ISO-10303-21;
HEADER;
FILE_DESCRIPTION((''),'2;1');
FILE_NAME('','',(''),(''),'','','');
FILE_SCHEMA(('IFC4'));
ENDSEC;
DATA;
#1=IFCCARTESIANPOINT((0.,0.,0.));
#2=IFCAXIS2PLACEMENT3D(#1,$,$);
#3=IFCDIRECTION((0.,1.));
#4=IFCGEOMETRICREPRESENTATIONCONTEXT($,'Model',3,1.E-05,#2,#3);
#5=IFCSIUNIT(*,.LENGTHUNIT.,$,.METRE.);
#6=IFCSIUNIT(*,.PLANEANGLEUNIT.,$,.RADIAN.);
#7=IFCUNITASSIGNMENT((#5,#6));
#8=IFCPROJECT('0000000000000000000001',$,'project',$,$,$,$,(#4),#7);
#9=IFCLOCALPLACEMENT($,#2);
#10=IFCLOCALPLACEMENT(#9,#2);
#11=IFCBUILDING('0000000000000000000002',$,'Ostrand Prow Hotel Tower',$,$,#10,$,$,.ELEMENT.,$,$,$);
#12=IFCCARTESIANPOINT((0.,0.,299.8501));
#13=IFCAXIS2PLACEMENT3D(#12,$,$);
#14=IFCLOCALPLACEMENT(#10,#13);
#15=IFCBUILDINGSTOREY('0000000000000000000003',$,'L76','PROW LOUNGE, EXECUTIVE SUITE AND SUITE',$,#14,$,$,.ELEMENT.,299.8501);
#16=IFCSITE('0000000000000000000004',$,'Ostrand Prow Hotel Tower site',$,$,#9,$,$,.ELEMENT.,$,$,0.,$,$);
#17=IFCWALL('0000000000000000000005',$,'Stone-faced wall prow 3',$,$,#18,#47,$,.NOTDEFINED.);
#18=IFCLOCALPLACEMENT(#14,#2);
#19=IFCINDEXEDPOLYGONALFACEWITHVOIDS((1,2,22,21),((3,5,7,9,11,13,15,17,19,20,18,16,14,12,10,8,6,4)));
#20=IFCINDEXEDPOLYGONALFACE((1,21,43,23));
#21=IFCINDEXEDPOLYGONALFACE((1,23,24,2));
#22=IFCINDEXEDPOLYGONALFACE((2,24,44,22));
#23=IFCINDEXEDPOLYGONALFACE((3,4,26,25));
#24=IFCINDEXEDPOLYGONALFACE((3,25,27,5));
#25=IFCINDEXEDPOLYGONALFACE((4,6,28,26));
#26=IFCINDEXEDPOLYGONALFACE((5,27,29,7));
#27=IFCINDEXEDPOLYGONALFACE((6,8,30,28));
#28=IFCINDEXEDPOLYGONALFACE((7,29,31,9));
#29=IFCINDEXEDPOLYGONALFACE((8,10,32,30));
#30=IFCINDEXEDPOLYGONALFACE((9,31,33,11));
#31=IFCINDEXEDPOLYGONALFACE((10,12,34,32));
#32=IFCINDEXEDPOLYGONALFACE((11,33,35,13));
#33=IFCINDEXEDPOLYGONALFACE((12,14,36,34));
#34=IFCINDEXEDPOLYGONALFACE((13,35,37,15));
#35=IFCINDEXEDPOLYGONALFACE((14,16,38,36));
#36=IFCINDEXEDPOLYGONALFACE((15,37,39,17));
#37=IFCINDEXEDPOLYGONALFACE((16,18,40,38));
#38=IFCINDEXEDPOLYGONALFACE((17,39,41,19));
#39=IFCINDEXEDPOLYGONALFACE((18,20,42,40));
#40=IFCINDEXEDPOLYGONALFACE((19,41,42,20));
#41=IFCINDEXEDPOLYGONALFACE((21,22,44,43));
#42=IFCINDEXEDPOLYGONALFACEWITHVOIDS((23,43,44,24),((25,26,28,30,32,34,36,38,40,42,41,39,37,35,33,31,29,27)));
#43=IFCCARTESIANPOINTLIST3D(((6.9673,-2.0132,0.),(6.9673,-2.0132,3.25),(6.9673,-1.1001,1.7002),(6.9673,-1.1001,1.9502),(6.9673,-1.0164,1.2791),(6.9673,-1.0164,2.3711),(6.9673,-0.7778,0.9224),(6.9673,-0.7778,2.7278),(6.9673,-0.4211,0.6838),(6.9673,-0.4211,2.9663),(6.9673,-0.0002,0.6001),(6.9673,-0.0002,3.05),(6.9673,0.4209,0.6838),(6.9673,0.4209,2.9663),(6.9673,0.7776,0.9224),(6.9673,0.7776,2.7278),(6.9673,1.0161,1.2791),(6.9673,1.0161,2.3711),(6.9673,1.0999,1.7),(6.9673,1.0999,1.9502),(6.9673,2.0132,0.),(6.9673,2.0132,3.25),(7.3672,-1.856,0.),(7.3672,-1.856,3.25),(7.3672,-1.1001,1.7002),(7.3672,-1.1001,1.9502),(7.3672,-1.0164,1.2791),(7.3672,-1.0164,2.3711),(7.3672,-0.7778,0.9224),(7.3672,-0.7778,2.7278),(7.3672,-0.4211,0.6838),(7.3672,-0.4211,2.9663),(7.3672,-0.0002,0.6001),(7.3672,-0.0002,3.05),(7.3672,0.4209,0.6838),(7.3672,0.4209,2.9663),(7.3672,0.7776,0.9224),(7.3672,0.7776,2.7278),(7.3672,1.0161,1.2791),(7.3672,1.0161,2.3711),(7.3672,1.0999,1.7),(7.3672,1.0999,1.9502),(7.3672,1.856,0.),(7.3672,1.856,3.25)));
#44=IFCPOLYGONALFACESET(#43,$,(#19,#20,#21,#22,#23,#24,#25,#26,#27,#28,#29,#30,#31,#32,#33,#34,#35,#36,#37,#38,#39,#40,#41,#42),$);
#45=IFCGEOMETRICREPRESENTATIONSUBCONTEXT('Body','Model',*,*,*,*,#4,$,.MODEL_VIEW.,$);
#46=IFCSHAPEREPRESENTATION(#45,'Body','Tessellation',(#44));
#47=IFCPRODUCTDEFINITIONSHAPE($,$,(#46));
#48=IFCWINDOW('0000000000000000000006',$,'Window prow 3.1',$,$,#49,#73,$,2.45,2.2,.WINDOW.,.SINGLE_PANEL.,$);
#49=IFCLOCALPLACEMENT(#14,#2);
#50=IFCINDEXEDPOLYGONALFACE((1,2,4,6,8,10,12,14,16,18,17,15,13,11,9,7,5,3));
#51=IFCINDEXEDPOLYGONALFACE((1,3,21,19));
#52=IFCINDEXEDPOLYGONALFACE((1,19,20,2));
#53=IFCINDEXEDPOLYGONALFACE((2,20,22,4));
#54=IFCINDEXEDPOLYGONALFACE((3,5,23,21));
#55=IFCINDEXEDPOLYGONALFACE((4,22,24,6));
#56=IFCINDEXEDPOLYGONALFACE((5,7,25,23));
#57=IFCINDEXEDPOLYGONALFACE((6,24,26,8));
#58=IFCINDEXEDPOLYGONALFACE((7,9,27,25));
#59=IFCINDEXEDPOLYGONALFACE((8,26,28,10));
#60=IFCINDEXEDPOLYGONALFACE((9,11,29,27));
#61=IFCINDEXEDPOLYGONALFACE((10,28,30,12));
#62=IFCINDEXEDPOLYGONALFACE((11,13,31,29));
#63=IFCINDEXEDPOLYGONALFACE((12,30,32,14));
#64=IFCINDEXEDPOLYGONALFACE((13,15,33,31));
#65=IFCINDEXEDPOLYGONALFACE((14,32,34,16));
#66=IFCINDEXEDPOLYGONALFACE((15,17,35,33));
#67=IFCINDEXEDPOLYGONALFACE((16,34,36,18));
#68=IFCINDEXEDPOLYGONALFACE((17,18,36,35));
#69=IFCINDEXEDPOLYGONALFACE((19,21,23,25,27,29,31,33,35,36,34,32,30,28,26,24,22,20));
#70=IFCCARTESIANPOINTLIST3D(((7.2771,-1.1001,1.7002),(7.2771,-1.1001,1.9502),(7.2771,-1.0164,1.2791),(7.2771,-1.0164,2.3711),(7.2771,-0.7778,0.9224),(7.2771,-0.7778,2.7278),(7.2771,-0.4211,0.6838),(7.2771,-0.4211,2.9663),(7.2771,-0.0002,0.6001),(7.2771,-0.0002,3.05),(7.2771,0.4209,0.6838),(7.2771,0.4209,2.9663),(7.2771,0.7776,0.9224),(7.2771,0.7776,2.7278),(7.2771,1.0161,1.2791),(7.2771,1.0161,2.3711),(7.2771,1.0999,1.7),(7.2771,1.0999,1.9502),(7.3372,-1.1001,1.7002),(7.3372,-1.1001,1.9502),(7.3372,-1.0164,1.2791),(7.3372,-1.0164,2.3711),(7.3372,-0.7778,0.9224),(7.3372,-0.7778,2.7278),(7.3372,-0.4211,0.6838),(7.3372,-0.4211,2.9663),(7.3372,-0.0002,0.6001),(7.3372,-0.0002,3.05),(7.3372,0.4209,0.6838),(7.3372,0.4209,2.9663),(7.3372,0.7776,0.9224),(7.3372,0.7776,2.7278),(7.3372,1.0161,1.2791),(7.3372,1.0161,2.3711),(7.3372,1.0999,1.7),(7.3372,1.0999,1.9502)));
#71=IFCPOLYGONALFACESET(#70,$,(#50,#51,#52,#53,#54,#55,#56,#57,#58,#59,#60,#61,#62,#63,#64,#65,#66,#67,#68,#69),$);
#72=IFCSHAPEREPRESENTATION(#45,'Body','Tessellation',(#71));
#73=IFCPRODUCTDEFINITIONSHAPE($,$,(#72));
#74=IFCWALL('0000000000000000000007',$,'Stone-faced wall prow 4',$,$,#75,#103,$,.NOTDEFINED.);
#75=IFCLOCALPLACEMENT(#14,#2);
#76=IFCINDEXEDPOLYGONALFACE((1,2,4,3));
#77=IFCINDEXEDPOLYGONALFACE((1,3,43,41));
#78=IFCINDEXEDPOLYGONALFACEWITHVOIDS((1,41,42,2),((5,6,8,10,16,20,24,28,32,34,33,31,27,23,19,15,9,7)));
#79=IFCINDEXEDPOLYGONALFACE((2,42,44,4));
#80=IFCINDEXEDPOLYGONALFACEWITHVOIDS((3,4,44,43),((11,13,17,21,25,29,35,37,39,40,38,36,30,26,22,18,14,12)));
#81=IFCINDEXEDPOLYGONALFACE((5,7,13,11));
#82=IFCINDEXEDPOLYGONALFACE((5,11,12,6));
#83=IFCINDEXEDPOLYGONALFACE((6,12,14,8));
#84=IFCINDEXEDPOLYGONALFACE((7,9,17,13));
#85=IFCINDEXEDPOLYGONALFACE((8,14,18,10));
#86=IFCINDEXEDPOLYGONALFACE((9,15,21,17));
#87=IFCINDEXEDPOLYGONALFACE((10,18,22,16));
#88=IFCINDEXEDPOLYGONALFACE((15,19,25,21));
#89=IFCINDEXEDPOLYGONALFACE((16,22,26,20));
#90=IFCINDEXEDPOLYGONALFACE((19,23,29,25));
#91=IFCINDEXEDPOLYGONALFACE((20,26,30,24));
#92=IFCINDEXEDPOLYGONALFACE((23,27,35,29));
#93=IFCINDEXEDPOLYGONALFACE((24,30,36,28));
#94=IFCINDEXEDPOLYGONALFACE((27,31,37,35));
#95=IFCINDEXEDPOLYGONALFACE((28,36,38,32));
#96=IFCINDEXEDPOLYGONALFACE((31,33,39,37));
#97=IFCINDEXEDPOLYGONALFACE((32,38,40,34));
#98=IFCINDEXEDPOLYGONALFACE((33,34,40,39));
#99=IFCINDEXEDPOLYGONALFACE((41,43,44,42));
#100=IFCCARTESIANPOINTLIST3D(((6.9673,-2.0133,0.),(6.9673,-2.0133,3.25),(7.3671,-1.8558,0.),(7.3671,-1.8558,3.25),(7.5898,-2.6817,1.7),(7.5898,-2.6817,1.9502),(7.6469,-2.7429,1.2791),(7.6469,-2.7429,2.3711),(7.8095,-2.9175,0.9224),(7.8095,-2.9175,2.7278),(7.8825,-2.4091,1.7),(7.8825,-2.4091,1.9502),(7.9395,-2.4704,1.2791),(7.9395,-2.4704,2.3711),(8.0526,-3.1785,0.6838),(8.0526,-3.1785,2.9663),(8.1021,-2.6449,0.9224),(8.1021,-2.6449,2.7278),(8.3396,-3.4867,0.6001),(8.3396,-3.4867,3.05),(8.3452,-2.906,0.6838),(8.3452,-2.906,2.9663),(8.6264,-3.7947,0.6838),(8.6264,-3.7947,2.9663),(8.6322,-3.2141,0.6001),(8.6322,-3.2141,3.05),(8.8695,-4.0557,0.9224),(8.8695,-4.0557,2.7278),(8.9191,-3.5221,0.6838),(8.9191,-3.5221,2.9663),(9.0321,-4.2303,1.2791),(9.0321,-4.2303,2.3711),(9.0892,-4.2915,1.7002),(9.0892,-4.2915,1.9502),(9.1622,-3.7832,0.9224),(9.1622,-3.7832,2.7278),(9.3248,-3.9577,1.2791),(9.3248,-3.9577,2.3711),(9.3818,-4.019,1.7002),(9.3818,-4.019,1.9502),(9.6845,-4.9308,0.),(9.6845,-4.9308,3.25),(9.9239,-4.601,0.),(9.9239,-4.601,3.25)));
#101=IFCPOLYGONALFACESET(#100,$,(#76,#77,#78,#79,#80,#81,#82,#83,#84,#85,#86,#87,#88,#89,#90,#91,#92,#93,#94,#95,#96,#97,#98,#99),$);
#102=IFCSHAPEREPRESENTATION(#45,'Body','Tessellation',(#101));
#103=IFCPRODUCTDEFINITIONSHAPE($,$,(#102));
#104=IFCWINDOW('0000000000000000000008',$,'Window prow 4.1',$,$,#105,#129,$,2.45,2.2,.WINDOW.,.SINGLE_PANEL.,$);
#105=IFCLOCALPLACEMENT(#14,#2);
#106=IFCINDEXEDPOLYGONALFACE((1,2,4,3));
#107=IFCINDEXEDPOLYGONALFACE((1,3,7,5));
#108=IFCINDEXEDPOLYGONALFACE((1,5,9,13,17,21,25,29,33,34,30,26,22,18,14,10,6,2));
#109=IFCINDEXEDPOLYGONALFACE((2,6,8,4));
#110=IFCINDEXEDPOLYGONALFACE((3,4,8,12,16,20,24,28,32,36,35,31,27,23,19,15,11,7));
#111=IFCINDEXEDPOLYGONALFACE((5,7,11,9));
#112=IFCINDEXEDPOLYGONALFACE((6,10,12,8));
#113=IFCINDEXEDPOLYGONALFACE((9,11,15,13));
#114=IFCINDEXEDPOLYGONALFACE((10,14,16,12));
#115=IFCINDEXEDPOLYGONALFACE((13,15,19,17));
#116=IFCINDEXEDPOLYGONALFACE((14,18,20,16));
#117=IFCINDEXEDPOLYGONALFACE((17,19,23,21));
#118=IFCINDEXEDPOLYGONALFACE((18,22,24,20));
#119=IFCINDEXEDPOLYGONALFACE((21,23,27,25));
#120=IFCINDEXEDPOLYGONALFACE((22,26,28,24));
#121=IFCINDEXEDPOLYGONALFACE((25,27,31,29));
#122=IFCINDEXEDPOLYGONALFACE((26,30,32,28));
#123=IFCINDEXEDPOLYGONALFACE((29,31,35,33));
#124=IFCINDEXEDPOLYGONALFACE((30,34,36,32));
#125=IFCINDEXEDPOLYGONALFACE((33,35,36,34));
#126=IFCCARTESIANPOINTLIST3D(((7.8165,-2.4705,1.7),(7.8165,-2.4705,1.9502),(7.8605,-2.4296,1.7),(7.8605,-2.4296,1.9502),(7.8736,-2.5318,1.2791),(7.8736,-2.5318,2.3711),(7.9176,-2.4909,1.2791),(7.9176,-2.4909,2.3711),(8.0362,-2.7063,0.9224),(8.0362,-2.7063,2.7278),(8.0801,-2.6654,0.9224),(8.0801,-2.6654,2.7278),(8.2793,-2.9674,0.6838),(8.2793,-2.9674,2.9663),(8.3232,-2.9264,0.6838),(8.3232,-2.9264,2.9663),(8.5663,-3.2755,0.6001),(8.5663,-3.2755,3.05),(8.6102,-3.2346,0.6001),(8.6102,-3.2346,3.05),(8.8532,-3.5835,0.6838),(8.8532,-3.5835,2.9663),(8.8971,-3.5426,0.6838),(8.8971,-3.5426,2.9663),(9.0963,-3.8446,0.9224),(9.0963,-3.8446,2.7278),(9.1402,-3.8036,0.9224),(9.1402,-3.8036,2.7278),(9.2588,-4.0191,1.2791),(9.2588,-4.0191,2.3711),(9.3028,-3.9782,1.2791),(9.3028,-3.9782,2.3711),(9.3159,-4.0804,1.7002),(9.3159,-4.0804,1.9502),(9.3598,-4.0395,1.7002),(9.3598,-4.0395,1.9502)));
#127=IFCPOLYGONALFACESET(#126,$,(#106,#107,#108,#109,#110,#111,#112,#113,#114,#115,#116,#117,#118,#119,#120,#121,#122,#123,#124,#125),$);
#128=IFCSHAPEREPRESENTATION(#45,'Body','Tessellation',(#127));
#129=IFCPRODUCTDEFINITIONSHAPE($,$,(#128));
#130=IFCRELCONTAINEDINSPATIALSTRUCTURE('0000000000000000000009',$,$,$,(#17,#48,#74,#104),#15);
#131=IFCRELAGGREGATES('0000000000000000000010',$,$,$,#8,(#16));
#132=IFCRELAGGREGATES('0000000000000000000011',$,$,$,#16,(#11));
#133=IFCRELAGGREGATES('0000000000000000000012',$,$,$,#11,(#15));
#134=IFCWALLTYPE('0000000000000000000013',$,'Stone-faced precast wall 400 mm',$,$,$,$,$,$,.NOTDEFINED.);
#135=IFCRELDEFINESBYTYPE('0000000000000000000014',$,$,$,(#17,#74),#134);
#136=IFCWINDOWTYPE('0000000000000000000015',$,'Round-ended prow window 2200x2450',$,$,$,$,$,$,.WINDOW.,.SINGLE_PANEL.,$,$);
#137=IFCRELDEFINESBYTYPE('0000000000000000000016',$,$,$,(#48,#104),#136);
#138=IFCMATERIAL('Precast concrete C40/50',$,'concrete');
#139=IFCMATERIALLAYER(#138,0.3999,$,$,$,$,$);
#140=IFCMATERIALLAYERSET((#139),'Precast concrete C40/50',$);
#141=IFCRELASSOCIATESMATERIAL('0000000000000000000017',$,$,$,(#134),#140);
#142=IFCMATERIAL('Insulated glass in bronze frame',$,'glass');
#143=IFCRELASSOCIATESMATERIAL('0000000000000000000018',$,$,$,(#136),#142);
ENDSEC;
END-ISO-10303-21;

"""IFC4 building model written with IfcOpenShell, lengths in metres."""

from ifc_helpers import new_model, si_unit, direction, frame, origin, place, context, subcontext, project, spatial, polyline, outline, extrude, material, layer, layer_set, type_object, element, fill, save


model = new_model("IFC4")

# Units and contexts
model_context = context("Model", 3, precision=1e-05, world=origin(), true_north=direction((0.0, 1.0)))
body_context = subcontext(model_context, "Body", "Model", "MODEL_VIEW")
ifc_project = project(units=[si_unit("LENGTHUNIT", "METRE"), si_unit("PLANEANGLEUNIT", "RADIAN")], contexts=[model_context])

# Site, building, storey
site_placement = place(None, origin())
site = spatial("IfcSite", under=ifc_project, at=site_placement, Name="Ostrand Prow Hotel Tower site", CompositionType="ELEMENT", RefElevation=0.0)
building_placement = place(site_placement, origin())
building = spatial("IfcBuilding", under=site, at=building_placement, Name="Ostrand Prow Hotel Tower", CompositionType="ELEMENT")
storey_placement = place(building_placement, frame((0.0, 0.0, 299.8501)))
storey = spatial("IfcBuildingStorey", under=building, at=storey_placement, Name="L76", Description="PROW LOUNGE, EXECUTIVE SUITE AND SUITE", CompositionType="ELEMENT", Elevation=299.8501)

# Walls, openings, windows
ifc_material_1 = material(Name="Precast concrete C40/50", Category="concrete")
ifc_layer_1 = layer(ifc_material_1, 0.3999)
ifc_layer_set_1 = layer_set([ifc_layer_1], Name="Precast concrete C40/50")
wall_type_1 = type_object("IfcWallType", Name="Stone-faced precast wall 400 mm", PredefinedType="NOTDEFINED", material=ifc_layer_set_1)
ifc_material_2 = material(Name="Insulated glass in bronze frame", Category="glass")
window_type = type_object("IfcWindowType", Name="Round-ended prow window 2200x2450", PartitioningType="SINGLE_PANEL", PredefinedType="WINDOW", material=ifc_material_2)
wall_1_placement = place(storey_placement, frame((7.1672, 1.9346, 0.0), z_axis=(0.0, 0.0, 1.0), x_axis=(0.0, -1.0, 0.0)))
wall_1 = element("IfcWall", 1, at=wall_1_placement, inside=storey, type_object=wall_type_1, Name="Stone-faced wall prow 3", PredefinedType="NOTDEFINED", context=body_context, shape_type="SweptSolid", body=[
    extrude(outline(polyline([(-0.0786, -0.2), (3.9478, -0.2), (3.7905, 0.2), (0.0786, 0.2), (-0.0786, -0.2)])), origin(), (0.0, 0.0, 1.0), 3.25),
])
opening_1_placement = place(wall_1_placement, frame((0.8347, 0.0, 0.6001)))
opening_1 = element("IfcOpeningElement", 2, at=opening_1_placement, cuts=wall_1, PredefinedType="OPENING", context=body_context, shape_type="SweptSolid", body=[
    extrude(outline(polyline([(0.0, 1.3501), (0.0837, 1.771), (0.3223, 2.1277), (0.679, 2.3662), (1.1001, 2.45), (1.521, 2.3662), (1.8777, 2.1277), (2.1162, 1.771), (2.2, 1.3501), (2.2, 1.1001), (2.1162, 0.679), (1.8777, 0.3223), (1.521, 0.0837), (1.1001, 0.0), (0.679, 0.0837), (0.3223, 0.3223), (0.0837, 0.679), (0.0, 1.0999), (0.0, 1.3501)])), frame((0.0, 0.21, 0.0), z_axis=(0.0, -1.0, 0.0), x_axis=(1.0, 0.0, 0.0)), (0.0, 0.0, 1.0), 0.4199),
])
window_1_placement = place(opening_1_placement, origin())
window_1 = element("IfcWindow", 3, at=window_1_placement, inside=storey, type_object=window_type, Name="Window prow 3.1", OverallHeight=2.45, OverallWidth=2.2, PartitioningType="SINGLE_PANEL", PredefinedType="WINDOW", context=body_context, shape_type="SweptSolid", body=[
    extrude(outline(polyline([(0.0, 1.3501), (0.0837, 1.771), (0.3223, 2.1277), (0.679, 2.3662), (1.1001, 2.45), (1.521, 2.3662), (1.8777, 2.1277), (2.1162, 1.771), (2.2, 1.3501), (2.2, 1.1001), (2.1162, 0.679), (1.8777, 0.3223), (1.521, 0.0837), (1.1001, 0.0), (0.679, 0.0837), (0.3223, 0.3223), (0.0837, 0.679), (0.0, 1.0999), (0.0, 1.3501)])), frame((0.0, 0.1699, 0.0), z_axis=(0.0, -1.0, 0.0), x_axis=(1.0, 0.0, 0.0)), (0.0, 0.0, 1.0), 0.0601),
])
fill(opening_1, window_1)
wall_2_placement = place(storey_placement, frame((7.1672, -1.9346, 0.0), z_axis=(0.0, 0.0, 1.0), x_axis=(0.681547, -0.731775, 0.0)))
wall_2 = element("IfcWall", 4, at=wall_2_placement, inside=storey, type_object=wall_type_1, Name="Stone-faced wall prow 4", PredefinedType="NOTDEFINED", context=body_context, shape_type="SweptSolid", body=[
    extrude(outline(polyline([(-0.0786, -0.2), (3.9082, -0.2), (3.8301, 0.2), (0.0786, 0.2), (-0.0786, -0.2)])), origin(), (0.0, 0.0, 1.0), 3.25),
])
opening_2_placement = place(wall_2_placement, frame((0.8347, 0.0, 0.6001)))
opening_2 = element("IfcOpeningElement", 5, at=opening_2_placement, cuts=wall_2, PredefinedType="OPENING", context=body_context, shape_type="SweptSolid", body=[
    extrude(outline(polyline([(0.0, 1.3501), (0.0837, 1.771), (0.3223, 2.1277), (0.679, 2.3662), (1.1001, 2.45), (1.521, 2.3662), (1.8777, 2.1277), (2.1162, 1.771), (2.2, 1.3501), (2.2, 1.1001), (2.1162, 0.679), (1.8777, 0.3223), (1.521, 0.0837), (1.1001, 0.0), (0.679, 0.0837), (0.3223, 0.3223), (0.0837, 0.679), (0.0, 1.0999), (0.0, 1.3501)])), frame((0.0, 0.21, 0.0), z_axis=(0.0, -1.0, 0.0), x_axis=(1.0, 0.0, 0.0)), (0.0, 0.0, 1.0), 0.4199),
])
window_2_placement = place(opening_2_placement, origin())
window_2 = element("IfcWindow", 6, at=window_2_placement, inside=storey, type_object=window_type, Name="Window prow 4.1", OverallHeight=2.45, OverallWidth=2.2, PartitioningType="SINGLE_PANEL", PredefinedType="WINDOW", context=body_context, shape_type="SweptSolid", body=[
    extrude(outline(polyline([(0.0, 1.3501), (0.0837, 1.771), (0.3223, 2.1277), (0.679, 2.3662), (1.1001, 2.45), (1.521, 2.3662), (1.8777, 2.1277), (2.1162, 1.771), (2.2, 1.3501), (2.2, 1.1001), (2.1162, 0.679), (1.8777, 0.3223), (1.521, 0.0837), (1.1001, 0.0), (0.679, 0.0837), (0.3223, 0.3223), (0.0837, 0.679), (0.0, 1.0999), (0.0, 1.3501)])), frame((0.0, 0.1699, 0.0), z_axis=(0.0, -1.0, 0.0), x_axis=(1.0, 0.0, 0.0)), (0.0, 0.0, 1.0), 0.0601),
])
fill(opening_2, window_2)

save(model, "model.ifc")
